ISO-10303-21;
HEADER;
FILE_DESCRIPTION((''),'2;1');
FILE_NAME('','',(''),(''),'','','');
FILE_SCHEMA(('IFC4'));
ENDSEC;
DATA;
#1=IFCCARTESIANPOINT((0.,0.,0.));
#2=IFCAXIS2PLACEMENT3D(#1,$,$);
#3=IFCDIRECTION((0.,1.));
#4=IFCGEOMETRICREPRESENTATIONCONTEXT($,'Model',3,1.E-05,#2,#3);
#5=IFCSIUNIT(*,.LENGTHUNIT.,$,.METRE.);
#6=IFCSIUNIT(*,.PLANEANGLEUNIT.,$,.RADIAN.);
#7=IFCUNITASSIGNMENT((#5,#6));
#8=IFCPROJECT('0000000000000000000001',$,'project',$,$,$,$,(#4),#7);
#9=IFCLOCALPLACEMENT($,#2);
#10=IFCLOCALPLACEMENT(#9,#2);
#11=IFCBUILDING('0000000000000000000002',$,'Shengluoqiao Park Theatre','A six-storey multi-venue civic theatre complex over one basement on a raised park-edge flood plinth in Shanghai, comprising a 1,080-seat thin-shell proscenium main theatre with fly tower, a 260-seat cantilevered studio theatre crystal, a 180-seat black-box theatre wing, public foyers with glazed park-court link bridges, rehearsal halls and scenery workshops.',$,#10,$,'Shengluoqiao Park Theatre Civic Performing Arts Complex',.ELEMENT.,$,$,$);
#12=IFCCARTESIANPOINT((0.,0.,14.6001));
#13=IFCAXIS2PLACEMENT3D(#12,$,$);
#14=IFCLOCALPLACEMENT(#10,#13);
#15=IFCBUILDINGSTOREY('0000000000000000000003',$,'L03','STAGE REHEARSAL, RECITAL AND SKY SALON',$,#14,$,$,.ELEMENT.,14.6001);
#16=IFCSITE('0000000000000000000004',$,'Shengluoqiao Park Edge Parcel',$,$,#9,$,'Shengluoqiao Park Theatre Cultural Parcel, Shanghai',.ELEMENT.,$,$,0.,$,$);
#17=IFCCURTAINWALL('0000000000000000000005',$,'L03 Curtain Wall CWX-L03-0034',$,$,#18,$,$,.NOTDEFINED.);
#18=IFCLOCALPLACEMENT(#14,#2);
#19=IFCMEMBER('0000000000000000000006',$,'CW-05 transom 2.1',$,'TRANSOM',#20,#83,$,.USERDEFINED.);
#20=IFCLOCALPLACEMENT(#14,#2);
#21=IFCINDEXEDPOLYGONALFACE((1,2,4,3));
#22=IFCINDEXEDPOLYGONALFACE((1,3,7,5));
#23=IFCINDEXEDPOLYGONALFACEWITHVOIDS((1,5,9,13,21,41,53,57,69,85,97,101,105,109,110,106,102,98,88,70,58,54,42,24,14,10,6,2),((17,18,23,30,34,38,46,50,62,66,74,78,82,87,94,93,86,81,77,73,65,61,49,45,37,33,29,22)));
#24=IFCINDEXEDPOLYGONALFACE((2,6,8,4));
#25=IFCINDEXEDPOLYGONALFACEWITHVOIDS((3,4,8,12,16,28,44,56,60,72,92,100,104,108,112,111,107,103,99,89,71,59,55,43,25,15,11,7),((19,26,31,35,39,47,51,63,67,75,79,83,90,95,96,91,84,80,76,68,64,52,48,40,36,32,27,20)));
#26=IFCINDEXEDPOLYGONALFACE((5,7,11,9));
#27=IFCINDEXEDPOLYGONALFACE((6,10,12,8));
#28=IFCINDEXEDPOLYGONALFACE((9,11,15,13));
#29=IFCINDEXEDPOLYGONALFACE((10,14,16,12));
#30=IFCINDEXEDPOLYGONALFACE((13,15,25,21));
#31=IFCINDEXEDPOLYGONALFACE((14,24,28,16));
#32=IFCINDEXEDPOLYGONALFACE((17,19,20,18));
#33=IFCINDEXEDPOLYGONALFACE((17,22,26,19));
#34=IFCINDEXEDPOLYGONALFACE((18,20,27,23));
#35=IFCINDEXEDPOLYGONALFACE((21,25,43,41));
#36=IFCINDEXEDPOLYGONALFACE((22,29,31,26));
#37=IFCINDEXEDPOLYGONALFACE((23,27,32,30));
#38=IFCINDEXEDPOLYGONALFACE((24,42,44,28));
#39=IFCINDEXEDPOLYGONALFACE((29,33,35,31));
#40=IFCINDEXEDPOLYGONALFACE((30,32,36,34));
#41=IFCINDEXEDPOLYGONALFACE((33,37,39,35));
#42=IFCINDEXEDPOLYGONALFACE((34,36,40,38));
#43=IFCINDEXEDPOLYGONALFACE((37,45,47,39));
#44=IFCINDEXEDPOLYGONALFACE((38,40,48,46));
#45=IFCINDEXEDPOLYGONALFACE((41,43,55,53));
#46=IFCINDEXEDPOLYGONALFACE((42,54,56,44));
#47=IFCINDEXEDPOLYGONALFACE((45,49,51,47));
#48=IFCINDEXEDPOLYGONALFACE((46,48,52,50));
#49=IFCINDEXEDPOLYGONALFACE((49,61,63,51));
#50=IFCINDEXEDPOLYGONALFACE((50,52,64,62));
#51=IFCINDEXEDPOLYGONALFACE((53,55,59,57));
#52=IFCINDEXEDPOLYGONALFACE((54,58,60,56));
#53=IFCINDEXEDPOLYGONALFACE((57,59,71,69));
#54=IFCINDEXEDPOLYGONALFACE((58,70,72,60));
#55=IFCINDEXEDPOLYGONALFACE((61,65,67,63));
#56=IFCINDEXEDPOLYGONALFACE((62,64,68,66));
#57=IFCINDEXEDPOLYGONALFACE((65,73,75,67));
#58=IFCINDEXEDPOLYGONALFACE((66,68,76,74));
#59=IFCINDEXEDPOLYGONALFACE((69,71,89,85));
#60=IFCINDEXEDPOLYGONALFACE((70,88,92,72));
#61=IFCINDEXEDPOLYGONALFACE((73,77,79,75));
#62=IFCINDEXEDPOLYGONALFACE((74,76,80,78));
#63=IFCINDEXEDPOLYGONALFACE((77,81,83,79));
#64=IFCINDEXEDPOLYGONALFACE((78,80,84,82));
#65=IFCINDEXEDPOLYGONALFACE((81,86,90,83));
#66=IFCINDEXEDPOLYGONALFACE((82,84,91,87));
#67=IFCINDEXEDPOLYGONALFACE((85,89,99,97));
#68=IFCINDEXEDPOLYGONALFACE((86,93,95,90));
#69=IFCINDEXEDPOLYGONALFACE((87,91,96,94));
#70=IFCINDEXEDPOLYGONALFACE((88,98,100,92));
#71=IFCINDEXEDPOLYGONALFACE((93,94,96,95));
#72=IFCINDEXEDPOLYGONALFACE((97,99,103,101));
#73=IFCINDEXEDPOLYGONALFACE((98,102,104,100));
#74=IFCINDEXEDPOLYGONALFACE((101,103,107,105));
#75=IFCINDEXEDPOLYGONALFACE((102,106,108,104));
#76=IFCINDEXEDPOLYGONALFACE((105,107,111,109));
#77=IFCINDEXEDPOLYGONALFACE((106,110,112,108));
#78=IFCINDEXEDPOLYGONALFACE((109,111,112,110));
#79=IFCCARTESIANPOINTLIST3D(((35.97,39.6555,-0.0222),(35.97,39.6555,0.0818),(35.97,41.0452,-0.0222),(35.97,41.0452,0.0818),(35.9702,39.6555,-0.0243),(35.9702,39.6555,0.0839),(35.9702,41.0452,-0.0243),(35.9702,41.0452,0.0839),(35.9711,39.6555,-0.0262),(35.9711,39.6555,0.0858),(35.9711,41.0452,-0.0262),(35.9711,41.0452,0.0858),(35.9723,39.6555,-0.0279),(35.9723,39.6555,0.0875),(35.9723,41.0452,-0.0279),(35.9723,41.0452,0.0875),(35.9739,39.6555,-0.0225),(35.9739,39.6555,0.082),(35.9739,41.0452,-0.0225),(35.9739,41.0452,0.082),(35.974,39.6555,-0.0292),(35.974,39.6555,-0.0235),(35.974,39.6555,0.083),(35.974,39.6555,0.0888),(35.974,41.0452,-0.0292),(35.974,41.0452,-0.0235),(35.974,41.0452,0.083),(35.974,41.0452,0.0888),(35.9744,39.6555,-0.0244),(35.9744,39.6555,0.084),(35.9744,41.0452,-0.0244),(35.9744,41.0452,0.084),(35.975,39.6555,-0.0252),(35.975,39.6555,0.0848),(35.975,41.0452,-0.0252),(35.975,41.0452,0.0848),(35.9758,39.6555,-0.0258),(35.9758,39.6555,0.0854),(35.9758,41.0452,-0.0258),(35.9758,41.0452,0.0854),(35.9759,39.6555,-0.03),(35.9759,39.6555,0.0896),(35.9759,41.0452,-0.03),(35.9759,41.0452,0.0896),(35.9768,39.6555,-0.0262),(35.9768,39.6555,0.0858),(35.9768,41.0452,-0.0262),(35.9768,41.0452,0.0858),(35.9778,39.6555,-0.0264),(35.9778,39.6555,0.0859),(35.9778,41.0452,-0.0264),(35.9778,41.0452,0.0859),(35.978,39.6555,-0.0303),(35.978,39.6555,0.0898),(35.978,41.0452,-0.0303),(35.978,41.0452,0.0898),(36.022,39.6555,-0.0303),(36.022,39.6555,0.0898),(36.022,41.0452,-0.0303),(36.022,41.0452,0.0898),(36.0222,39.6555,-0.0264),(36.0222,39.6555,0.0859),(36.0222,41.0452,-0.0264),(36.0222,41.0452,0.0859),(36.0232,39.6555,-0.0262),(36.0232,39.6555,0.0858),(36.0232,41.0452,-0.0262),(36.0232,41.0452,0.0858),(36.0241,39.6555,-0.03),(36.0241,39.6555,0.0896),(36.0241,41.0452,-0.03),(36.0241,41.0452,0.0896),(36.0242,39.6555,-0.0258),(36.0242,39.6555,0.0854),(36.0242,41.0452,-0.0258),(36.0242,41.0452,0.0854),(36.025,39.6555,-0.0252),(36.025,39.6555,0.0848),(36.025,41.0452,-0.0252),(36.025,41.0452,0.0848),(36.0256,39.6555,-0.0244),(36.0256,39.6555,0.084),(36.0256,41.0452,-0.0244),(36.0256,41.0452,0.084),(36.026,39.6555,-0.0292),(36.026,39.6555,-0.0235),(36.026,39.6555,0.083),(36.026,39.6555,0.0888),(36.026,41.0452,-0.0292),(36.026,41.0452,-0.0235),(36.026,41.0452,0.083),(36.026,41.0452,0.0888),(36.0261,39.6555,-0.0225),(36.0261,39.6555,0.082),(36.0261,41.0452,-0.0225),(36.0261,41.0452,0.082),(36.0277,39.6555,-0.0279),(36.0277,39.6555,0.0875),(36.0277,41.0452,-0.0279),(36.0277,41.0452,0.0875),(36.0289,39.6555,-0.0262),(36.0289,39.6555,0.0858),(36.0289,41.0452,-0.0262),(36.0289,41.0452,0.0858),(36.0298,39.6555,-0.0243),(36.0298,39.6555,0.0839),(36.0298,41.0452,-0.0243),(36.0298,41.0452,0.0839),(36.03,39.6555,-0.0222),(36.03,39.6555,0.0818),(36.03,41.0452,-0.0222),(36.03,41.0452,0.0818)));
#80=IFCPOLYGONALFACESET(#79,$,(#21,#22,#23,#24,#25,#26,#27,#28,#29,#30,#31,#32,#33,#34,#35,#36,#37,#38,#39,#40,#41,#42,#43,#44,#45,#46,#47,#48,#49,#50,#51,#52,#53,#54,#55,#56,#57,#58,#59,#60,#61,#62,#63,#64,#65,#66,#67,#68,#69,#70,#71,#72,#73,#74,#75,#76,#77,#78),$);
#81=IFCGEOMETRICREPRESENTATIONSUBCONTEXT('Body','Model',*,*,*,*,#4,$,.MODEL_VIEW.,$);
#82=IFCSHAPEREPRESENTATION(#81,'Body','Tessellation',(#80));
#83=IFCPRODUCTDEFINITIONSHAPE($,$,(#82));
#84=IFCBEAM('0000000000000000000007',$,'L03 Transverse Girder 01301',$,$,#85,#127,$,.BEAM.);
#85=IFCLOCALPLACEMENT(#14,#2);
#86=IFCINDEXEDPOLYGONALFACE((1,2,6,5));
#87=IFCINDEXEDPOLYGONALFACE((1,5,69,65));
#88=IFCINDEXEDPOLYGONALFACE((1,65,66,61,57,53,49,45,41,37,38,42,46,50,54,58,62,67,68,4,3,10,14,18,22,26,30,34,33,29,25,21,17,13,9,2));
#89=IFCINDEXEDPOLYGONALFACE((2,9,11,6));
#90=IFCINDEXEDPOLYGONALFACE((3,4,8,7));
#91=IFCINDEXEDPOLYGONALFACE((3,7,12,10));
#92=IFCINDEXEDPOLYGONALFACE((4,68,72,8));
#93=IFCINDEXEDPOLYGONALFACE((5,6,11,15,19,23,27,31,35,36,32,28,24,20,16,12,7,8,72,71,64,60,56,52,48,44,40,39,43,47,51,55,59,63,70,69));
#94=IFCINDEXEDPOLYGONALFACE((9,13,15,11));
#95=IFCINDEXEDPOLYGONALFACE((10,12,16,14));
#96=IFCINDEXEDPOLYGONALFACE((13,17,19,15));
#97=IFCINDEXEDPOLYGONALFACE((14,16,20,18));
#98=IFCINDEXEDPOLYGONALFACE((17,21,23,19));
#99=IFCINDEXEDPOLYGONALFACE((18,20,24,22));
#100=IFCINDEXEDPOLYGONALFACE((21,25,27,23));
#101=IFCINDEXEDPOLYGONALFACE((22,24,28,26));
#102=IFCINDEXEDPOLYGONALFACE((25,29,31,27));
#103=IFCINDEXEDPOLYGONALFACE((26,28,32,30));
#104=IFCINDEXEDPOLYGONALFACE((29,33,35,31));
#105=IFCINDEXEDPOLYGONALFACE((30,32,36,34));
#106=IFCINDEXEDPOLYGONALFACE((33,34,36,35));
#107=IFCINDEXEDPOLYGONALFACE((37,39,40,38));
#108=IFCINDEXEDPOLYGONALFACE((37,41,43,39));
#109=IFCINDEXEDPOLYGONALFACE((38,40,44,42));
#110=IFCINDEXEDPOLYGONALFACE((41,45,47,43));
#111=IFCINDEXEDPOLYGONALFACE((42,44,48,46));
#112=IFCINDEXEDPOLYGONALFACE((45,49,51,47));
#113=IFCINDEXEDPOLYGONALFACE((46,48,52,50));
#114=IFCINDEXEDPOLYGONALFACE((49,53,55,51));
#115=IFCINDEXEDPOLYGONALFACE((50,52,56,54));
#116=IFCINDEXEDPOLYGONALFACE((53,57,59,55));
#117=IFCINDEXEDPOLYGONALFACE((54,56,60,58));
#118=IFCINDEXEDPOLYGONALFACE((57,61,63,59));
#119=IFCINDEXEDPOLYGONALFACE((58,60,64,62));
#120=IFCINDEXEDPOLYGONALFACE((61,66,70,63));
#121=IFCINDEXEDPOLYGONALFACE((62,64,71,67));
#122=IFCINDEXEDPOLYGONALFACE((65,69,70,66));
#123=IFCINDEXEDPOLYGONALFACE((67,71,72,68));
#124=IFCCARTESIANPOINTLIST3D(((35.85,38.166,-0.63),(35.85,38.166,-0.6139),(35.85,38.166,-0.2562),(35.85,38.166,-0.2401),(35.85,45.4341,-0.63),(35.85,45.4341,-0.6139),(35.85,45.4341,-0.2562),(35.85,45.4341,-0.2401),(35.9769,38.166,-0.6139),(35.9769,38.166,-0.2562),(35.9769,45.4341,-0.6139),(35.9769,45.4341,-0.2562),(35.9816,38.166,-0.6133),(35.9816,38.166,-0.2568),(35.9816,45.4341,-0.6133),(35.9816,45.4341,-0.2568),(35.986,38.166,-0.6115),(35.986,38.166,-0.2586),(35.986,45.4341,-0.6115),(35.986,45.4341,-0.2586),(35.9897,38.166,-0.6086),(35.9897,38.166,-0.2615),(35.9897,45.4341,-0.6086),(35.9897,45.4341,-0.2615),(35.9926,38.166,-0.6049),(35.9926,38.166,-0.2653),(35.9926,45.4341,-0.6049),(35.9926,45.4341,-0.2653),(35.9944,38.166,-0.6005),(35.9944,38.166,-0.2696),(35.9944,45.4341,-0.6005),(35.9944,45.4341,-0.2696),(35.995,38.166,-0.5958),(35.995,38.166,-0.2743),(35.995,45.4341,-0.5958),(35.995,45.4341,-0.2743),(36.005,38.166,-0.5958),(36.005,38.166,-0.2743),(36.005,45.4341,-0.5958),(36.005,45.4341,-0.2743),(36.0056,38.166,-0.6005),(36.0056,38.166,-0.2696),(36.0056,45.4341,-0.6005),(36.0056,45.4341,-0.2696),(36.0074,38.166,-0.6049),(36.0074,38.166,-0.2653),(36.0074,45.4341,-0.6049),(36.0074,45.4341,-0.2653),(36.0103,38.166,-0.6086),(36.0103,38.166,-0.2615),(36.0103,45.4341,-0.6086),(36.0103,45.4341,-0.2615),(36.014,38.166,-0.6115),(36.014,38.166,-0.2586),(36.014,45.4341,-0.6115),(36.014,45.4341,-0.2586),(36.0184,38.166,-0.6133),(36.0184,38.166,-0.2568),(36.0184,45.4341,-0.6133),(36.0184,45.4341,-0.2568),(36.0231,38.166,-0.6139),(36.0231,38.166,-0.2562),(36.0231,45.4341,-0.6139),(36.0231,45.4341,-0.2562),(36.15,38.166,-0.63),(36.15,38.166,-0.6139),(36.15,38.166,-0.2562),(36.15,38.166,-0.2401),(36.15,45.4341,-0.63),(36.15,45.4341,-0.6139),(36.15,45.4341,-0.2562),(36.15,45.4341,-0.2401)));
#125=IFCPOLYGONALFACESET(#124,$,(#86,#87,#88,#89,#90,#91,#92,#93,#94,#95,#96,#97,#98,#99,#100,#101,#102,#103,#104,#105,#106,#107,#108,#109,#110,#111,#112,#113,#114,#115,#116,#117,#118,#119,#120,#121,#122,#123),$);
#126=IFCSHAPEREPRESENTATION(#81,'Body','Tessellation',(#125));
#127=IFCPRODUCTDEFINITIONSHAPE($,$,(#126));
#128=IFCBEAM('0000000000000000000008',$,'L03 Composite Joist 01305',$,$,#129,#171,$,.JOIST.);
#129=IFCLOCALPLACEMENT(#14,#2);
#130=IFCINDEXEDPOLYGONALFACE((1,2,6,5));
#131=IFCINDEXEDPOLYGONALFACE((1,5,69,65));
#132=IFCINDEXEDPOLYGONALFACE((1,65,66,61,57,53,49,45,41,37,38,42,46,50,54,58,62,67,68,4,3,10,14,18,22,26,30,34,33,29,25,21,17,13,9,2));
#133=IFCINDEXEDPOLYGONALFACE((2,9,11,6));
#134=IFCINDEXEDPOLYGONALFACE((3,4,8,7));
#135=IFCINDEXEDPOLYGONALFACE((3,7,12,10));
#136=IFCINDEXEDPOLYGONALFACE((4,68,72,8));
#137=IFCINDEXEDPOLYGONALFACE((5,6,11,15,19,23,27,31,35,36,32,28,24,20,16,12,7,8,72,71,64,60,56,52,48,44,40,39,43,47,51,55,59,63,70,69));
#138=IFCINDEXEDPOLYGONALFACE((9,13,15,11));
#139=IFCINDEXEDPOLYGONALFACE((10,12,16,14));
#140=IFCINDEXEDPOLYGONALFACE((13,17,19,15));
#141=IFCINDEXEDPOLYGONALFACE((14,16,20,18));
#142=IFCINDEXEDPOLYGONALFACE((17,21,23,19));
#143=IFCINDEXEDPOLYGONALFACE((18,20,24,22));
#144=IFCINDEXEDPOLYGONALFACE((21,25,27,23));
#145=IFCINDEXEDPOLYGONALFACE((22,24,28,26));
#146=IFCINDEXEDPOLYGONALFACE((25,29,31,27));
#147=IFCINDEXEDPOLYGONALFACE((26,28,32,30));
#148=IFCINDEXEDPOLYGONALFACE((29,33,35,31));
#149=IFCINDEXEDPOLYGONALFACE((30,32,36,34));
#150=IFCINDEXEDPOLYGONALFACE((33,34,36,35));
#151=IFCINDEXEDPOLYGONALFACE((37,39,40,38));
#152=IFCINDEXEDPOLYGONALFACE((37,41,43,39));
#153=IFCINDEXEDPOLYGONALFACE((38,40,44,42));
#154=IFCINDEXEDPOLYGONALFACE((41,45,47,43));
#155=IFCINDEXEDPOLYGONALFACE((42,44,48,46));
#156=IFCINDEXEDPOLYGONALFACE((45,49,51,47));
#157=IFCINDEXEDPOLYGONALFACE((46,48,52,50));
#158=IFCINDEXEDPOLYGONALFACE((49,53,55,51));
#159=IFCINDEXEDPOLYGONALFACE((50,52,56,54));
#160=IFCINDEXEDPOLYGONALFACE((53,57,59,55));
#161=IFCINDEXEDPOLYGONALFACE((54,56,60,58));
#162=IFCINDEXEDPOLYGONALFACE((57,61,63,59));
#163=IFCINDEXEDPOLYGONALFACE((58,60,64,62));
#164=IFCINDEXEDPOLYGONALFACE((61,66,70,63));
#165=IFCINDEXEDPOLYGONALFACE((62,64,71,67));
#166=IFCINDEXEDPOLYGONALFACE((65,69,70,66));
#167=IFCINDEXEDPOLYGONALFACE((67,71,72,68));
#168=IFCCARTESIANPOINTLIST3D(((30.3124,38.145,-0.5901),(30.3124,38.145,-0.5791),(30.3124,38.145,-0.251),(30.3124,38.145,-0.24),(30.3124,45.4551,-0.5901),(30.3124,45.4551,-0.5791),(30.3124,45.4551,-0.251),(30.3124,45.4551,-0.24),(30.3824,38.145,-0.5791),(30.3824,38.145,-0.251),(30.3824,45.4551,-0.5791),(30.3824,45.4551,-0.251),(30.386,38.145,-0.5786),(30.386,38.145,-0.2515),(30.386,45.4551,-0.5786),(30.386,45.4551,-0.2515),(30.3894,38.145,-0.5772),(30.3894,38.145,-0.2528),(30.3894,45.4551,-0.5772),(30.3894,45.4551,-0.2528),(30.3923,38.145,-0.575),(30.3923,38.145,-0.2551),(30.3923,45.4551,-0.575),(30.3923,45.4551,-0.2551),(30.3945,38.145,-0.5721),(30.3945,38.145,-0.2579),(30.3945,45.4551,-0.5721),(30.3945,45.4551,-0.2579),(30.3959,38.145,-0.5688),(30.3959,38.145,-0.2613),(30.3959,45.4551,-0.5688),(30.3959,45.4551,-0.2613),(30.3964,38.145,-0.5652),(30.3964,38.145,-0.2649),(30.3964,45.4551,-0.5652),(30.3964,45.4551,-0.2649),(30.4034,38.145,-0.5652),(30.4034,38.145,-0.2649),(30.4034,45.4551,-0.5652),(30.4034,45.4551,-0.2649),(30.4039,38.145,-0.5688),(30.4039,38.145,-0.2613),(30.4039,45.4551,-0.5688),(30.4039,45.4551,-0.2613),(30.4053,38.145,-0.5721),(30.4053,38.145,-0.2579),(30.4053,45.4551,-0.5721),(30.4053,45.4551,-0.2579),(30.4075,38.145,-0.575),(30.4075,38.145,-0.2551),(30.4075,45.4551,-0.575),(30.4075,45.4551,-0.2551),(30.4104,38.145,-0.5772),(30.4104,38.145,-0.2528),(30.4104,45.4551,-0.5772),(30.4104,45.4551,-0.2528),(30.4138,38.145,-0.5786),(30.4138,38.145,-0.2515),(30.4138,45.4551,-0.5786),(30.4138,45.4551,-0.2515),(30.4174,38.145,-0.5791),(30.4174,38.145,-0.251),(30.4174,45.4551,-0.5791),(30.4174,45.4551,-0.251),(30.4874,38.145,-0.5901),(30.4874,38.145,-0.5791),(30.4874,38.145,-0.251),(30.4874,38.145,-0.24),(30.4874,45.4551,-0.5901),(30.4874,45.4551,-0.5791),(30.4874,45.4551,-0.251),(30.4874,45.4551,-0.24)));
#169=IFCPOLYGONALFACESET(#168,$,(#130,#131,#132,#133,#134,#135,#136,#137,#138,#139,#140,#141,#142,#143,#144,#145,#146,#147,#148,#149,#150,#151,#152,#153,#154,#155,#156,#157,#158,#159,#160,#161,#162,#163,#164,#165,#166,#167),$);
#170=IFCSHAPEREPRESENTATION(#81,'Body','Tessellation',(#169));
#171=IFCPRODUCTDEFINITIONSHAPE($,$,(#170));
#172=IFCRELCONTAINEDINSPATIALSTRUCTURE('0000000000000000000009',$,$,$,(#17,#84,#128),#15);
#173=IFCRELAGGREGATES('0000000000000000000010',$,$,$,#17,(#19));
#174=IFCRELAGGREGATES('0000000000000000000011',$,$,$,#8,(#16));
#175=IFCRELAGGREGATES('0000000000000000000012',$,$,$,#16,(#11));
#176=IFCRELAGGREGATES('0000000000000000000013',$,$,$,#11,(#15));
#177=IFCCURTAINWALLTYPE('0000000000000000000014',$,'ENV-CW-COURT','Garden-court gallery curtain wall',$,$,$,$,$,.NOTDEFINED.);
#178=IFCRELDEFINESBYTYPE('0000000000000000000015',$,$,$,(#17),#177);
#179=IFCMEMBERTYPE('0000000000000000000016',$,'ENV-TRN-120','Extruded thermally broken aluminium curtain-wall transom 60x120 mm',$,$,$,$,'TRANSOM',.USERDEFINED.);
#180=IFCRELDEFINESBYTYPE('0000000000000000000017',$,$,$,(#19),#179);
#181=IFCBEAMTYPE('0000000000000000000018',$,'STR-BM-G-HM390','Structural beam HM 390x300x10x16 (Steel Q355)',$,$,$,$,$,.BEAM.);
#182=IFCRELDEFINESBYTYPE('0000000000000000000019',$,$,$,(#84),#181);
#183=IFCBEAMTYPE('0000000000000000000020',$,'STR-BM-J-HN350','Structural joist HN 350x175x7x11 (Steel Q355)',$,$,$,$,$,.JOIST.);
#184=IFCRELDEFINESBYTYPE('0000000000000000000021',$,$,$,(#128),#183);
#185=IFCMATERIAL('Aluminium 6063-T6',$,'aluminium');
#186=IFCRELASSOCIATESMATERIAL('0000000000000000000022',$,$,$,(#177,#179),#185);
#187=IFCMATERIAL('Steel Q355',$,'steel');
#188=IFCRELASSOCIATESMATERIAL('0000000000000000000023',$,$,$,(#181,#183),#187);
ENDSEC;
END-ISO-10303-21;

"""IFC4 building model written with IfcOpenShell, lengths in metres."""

from ifc_helpers import new_model, si_unit, direction, frame, origin, origin_2d, place, context, subcontext, project, spatial, hollow_rectangle, i_section, extrude, material, material_profile, profile_set, type_object, element, aggregate, save


model = new_model("IFC4")

# Units and contexts
model_context = context("Model", 3, precision=1e-05, world=origin(), true_north=direction((0.0, 1.0)))
body_context = subcontext(model_context, "Body", "Model", "MODEL_VIEW")
ifc_project = project(units=[si_unit("LENGTHUNIT", "METRE"), si_unit("PLANEANGLEUNIT", "RADIAN")], contexts=[model_context])

# Site, building, storey
site_placement = place(None, origin())
site = spatial("IfcSite", under=ifc_project, at=site_placement, Name="Shengluoqiao Park Edge Parcel", LongName="Shengluoqiao Park Theatre Cultural Parcel, Shanghai", CompositionType="ELEMENT", RefElevation=0.0)
building_placement = place(site_placement, origin())
building = spatial("IfcBuilding", under=site, at=building_placement, Name="Shengluoqiao Park Theatre", Description="A six-storey multi-venue civic theatre complex over one basement on a raised park-edge flood plinth in Shanghai, comprising a 1,080-seat thin-shell proscenium main theatre with fly tower, a 260-seat cantilevered studio theatre crystal, a 180-seat black-box theatre wing, public foyers with glazed park-court link bridges, rehearsal halls and scenery workshops.", LongName="Shengluoqiao Park Theatre Civic Performing Arts Complex", CompositionType="ELEMENT")
storey_placement = place(building_placement, frame((0.0, 0.0, 14.6001)))
storey = spatial("IfcBuildingStorey", under=building, at=storey_placement, Name="L03", Description="STAGE REHEARSAL, RECITAL AND SKY SALON", CompositionType="ELEMENT", Elevation=14.6001)

# Shared definitions
ifc_material_1 = material(Name="Steel Q355", Category="steel")

# Curtain wall
ifc_material_2 = material(Name="Aluminium 6063-T6", Category="aluminium")
curtain_wall_type = type_object("IfcCurtainWallType", Name="ENV-CW-COURT", Description="Garden-court gallery curtain wall", PredefinedType="NOTDEFINED", material=ifc_material_2)
curtain_wall_1_placement = place(storey_placement, origin())
curtain_wall_1 = element("IfcCurtainWall", 1, at=curtain_wall_1_placement, inside=storey, type_object=curtain_wall_type, Name="L03 Curtain Wall CWX-L03-0034", PredefinedType="NOTDEFINED")

# Member
ifc_material_profile_1 = material_profile(ifc_material_2, hollow_rectangle(XDim=0.0601, YDim=0.1201, WallThickness=0.0039, InnerFilletRadius=0.0039, OuterFilletRadius=0.0081, at=origin_2d()), Name="ALU TRANSOM 120x60x4")
ifc_profile_set_1 = profile_set([ifc_material_profile_1], Name="Aluminium 6063-T6")
member_type_1 = type_object("IfcMemberType", Name="ENV-TRN-120", Description="Extruded thermally broken aluminium curtain-wall transom 60x120 mm", ElementType="TRANSOM", PredefinedType="USERDEFINED", material=ifc_profile_set_1)
member_1_placement = place(storey_placement, frame((36.0, 39.6555, 0.0298), z_axis=(0.0, 1.0, 0.0), x_axis=(-1.0, 0.0, 0.0)))
member_1 = element("IfcMember", 2, at=member_1_placement, type_object=member_type_1, Name="CW-05 transom 2.1", ObjectType="TRANSOM", PredefinedType="USERDEFINED", context=body_context, shape_type="SweptSolid", body=[
    extrude(hollow_rectangle(XDim=0.0601, YDim=0.1201, WallThickness=0.0039, InnerFilletRadius=0.0039, OuterFilletRadius=0.0081, at=origin_2d()), origin(), (0.0, 0.0, 1.0), 1.3896),
])

# Beams
ifc_material_profile_2 = material_profile(ifc_material_1, i_section(OverallWidth=0.3, OverallDepth=0.3899, WebThickness=0.01, FlangeThickness=0.0161, FilletRadius=0.0181, at=origin_2d()), Name="HM 390x300x10x16")
ifc_profile_set_2 = profile_set([ifc_material_profile_2], Name="Steel Q355")
beam_type_1 = type_object("IfcBeamType", Name="STR-BM-G-HM390", Description="Structural beam HM 390x300x10x16 (Steel Q355)", PredefinedType="BEAM", material=ifc_profile_set_2)
beam_placement = place(storey_placement, frame((36.0, 38.166, -0.4351), z_axis=(0.0, 1.0, 0.0), x_axis=(-1.0, 0.0, 0.0)))
element("IfcBeam", 3, at=beam_placement, inside=storey, type_object=beam_type_1, Name="L03 Transverse Girder 01301", PredefinedType="BEAM", context=body_context, shape_type="SweptSolid", body=[
    extrude(i_section(OverallWidth=0.3, OverallDepth=0.3899, WebThickness=0.01, FlangeThickness=0.0161, FilletRadius=0.0181, at=origin_2d()), origin(), (0.0, 0.0, 1.0), 7.2681),
])
ifc_material_profile_3 = material_profile(ifc_material_1, i_section(OverallWidth=0.175, OverallDepth=0.3501, WebThickness=0.0071, FlangeThickness=0.011, FilletRadius=0.0139, at=origin_2d()), Name="HN 350x175x7x11")
ifc_profile_set_3 = profile_set([ifc_material_profile_3], Name="Steel Q355")
beam_type_2 = type_object("IfcBeamType", Name="STR-BM-J-HN350", Description="Structural joist HN 350x175x7x11 (Steel Q355)", PredefinedType="JOIST", material=ifc_profile_set_3)
for number, where, z_axis, x_axis, name in (
    (4, (30.3999, 38.145, -0.415), (0.0, 1.0, 0.0), (-1.0, 0.0, 0.0), "L03 Composite Joist 01305"),
):
    element("IfcBeam", number, at=place(storey_placement, frame(where, z_axis=z_axis, x_axis=x_axis)), inside=storey, type_object=beam_type_2, Name=name, PredefinedType="JOIST", context=body_context, shape_type="SweptSolid", body=[
        extrude(i_section(OverallWidth=0.175, OverallDepth=0.3501, WebThickness=0.0071, FlangeThickness=0.011, FilletRadius=0.0139, at=origin_2d()), origin(), (0.0, 0.0, 1.0), 7.3101),
    ])

aggregate(curtain_wall_1, [member_1])

save(model, "model.ifc")
